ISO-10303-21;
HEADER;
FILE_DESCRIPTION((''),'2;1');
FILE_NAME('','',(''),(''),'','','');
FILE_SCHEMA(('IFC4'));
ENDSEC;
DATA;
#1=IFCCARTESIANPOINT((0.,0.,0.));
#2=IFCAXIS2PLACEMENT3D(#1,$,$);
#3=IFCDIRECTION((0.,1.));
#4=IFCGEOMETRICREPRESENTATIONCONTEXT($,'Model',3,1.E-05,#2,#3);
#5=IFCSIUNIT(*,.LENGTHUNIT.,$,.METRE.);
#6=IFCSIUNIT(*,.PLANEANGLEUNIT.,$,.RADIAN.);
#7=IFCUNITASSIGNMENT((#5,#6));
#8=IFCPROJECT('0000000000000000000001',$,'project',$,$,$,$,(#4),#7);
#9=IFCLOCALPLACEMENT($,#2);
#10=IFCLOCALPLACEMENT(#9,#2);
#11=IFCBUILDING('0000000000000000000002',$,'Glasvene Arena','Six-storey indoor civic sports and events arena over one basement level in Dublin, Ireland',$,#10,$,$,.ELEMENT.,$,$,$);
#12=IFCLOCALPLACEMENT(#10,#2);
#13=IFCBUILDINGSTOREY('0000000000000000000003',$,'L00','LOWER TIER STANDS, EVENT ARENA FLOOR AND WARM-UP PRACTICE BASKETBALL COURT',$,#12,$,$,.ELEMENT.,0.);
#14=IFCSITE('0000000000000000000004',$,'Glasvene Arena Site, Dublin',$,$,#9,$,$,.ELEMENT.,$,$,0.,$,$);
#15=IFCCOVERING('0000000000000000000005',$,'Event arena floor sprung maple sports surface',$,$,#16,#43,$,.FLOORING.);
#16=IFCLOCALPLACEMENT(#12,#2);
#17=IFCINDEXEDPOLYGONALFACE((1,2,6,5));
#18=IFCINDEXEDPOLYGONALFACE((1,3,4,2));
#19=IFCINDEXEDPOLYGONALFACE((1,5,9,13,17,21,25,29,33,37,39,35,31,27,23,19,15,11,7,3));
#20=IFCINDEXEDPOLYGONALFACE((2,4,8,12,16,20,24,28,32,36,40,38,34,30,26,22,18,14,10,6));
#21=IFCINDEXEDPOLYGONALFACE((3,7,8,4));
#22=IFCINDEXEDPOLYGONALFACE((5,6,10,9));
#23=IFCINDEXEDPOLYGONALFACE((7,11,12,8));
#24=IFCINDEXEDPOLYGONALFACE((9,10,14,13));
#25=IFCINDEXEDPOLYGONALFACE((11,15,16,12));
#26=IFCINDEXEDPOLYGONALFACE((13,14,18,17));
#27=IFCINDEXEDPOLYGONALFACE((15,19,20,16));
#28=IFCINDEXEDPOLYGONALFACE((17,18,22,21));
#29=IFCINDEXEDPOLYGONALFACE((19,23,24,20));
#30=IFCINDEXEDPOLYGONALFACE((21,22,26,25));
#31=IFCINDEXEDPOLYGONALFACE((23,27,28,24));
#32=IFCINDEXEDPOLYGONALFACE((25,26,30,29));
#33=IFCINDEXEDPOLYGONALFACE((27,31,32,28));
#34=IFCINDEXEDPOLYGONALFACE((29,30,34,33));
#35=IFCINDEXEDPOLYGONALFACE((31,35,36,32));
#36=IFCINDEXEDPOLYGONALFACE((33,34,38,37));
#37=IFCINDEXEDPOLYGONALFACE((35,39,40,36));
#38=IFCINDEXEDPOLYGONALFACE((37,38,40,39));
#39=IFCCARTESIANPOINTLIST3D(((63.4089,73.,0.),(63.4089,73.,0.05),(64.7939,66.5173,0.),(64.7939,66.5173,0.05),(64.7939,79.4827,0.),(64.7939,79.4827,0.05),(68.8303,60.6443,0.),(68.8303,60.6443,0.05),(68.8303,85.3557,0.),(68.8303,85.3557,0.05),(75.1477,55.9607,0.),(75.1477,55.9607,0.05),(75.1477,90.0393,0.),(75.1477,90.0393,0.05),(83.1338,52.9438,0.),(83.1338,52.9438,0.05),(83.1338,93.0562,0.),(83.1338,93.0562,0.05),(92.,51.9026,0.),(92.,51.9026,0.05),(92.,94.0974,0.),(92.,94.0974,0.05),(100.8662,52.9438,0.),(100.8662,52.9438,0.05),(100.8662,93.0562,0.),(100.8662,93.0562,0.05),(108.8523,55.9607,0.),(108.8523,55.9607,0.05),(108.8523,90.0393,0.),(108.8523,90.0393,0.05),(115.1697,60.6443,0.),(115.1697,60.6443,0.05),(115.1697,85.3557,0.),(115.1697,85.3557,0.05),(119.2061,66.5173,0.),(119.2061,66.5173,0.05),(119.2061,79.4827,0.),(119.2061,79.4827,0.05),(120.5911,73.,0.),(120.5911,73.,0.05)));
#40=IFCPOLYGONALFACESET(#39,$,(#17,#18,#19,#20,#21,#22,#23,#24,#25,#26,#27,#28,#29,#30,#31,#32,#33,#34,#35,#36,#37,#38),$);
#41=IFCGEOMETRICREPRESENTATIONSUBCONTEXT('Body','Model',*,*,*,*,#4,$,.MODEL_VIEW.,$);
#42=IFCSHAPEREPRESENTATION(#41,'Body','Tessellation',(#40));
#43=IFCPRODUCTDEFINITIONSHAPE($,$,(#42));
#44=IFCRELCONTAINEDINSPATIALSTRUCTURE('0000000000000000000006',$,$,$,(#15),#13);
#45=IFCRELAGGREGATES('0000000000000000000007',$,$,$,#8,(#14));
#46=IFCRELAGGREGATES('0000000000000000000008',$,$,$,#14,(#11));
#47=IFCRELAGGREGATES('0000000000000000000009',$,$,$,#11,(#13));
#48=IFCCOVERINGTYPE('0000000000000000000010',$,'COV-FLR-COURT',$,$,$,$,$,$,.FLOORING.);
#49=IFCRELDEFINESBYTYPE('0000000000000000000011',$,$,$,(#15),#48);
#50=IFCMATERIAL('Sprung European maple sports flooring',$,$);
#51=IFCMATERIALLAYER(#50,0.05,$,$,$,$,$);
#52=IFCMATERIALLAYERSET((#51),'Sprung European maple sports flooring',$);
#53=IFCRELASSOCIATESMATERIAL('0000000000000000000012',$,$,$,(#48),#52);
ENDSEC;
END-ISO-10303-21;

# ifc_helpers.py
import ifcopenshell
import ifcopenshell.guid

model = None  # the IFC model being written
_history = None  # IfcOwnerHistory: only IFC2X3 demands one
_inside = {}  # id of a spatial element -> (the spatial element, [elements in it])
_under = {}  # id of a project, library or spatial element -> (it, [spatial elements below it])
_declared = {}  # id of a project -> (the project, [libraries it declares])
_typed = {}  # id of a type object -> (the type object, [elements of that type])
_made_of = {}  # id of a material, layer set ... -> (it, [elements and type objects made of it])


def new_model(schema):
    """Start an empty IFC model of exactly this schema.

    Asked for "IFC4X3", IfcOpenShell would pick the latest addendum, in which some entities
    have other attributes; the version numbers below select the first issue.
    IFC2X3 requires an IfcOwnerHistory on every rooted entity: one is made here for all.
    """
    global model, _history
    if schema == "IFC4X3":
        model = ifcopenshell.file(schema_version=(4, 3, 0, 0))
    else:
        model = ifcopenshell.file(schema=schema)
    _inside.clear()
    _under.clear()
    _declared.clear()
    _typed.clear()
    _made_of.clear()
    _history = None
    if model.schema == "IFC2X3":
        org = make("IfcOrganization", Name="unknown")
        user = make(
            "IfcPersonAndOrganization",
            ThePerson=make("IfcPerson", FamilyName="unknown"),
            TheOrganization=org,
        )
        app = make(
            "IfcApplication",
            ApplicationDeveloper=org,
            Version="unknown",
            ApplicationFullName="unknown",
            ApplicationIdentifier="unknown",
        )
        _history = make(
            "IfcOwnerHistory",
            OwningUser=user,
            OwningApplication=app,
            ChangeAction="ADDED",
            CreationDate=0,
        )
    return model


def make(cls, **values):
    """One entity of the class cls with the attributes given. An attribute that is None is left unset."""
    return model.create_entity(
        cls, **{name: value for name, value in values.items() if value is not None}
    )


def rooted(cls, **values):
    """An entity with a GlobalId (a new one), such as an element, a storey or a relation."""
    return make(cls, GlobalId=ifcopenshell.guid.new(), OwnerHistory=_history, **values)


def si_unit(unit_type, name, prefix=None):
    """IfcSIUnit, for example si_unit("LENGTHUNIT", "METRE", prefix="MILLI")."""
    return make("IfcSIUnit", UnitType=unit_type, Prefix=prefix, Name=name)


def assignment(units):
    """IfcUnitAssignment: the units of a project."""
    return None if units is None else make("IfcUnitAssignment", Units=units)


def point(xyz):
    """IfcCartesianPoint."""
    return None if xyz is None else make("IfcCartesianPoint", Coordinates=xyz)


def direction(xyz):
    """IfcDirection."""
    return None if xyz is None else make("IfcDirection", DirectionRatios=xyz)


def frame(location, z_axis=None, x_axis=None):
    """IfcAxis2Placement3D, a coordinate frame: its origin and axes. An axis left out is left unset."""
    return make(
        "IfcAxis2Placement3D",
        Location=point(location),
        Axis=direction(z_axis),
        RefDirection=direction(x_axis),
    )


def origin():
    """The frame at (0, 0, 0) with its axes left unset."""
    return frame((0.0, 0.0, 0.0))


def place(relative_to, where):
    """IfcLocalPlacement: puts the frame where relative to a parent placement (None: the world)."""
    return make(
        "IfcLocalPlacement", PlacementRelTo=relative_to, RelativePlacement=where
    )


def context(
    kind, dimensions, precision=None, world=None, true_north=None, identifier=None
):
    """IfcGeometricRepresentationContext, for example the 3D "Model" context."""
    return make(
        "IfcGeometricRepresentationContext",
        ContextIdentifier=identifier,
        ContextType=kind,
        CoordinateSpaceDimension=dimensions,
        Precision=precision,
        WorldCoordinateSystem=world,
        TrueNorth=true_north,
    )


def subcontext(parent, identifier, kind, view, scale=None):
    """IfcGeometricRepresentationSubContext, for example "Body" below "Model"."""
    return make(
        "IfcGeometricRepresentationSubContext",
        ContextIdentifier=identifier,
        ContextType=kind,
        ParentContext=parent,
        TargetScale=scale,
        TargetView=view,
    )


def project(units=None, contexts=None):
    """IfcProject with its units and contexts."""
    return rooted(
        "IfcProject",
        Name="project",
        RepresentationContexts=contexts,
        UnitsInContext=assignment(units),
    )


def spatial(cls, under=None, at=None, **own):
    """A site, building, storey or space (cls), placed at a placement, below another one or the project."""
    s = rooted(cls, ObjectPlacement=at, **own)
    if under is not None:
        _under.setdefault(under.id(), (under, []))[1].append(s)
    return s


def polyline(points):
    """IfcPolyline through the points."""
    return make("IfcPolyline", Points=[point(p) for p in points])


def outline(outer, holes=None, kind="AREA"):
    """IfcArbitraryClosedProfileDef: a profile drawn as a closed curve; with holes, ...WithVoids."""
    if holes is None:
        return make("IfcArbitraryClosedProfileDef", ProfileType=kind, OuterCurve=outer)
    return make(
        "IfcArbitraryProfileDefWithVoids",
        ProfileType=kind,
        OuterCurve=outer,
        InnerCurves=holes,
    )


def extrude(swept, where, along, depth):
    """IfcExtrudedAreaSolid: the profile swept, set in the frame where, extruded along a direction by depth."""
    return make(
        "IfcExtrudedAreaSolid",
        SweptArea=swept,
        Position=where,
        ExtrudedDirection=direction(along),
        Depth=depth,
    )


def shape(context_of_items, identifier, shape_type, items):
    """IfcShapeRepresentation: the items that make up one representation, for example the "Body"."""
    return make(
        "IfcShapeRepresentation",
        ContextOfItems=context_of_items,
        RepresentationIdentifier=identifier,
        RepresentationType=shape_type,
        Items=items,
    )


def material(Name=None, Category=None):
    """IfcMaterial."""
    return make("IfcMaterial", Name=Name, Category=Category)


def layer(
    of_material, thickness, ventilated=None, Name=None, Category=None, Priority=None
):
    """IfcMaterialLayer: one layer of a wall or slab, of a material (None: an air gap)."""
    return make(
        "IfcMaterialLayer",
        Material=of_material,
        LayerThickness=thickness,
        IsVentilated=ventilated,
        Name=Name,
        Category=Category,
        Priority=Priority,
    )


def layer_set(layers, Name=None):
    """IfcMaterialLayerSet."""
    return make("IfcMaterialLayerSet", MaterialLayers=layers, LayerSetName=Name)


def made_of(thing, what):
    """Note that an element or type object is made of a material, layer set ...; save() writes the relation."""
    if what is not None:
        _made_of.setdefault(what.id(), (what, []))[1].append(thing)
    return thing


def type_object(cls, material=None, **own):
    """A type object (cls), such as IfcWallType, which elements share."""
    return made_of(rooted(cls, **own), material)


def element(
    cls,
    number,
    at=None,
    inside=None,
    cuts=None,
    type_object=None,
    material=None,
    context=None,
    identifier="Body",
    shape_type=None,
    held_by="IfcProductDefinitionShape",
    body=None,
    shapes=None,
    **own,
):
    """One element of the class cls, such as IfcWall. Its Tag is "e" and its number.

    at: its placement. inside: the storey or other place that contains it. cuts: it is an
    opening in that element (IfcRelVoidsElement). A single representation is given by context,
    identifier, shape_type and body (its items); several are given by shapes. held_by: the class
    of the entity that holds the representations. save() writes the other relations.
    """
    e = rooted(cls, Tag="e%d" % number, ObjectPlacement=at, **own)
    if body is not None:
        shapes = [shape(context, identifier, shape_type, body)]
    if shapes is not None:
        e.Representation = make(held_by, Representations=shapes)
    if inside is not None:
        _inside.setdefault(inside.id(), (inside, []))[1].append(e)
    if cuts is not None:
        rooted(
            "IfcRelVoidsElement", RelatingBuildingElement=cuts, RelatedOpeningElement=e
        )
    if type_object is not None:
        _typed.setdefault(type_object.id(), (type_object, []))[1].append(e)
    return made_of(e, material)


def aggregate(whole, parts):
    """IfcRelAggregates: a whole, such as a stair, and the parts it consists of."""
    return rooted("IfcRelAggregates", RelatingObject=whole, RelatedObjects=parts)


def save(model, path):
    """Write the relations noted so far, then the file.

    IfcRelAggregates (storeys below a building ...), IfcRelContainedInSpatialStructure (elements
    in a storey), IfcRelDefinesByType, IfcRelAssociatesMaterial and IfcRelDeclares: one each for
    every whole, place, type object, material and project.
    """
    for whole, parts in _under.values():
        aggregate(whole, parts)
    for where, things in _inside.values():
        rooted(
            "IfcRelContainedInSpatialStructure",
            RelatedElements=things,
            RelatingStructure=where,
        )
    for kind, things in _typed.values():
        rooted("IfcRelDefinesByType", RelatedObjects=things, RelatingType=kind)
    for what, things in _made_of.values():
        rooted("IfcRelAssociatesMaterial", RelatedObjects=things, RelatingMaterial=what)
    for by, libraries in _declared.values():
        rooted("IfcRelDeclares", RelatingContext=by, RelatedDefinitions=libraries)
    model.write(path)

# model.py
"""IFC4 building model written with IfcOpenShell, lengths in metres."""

from ifc_helpers import new_model, si_unit, direction, frame, origin, place, context, subcontext, project, spatial, polyline, outline, extrude, material, layer, layer_set, type_object, element, save


model = new_model("IFC4")

# Units and contexts
model_context = context("Model", 3, precision=1e-05, world=origin(), true_north=direction((0.0, 1.0)))
body_context = subcontext(model_context, "Body", "Model", "MODEL_VIEW")
ifc_project = project(units=[si_unit("LENGTHUNIT", "METRE"), si_unit("PLANEANGLEUNIT", "RADIAN")], contexts=[model_context])

# Site, building, storey
site_placement = place(None, origin())
site = spatial("IfcSite", under=ifc_project, at=site_placement, Name="Glasvene Arena Site, Dublin", CompositionType="ELEMENT", RefElevation=0.0)
building_placement = place(site_placement, origin())
building = spatial("IfcBuilding", under=site, at=building_placement, Name="Glasvene Arena", Description="Six-storey indoor civic sports and events arena over one basement level in Dublin, Ireland", CompositionType="ELEMENT")
storey_placement = place(building_placement, origin())
storey = spatial("IfcBuildingStorey", under=building, at=storey_placement, Name="L00", Description="LOWER TIER STANDS, EVENT ARENA FLOOR AND WARM-UP PRACTICE BASKETBALL COURT", CompositionType="ELEMENT", Elevation=0.0)

# Covering
ifc_material_1 = material(Name="Sprung European maple sports flooring")
ifc_layer_1 = layer(ifc_material_1, 0.05)
ifc_layer_set_1 = layer_set([ifc_layer_1], Name="Sprung European maple sports flooring")
covering_type = type_object("IfcCoveringType", Name="COV-FLR-COURT", PredefinedType="FLOORING", material=ifc_layer_set_1)
covering_placement = place(storey_placement, frame((92.0, 73.0, 0.0)))
element("IfcCovering", 1, at=covering_placement, inside=storey, type_object=covering_type, Name="Event arena floor sprung maple sports surface", PredefinedType="FLOORING", context=body_context, shape_type="SweptSolid", body=[
    extrude(outline(polyline([(28.5911, 0.0), (27.2061, -6.4827), (23.1697, -12.3557), (16.8523, -17.0393), (8.8662, -20.0562), (0.0, -21.0974), (-8.8662, -20.0562), (-16.8523, -17.0393), (-23.1697, -12.3557), (-27.2061, -6.4827), (-28.5911, 0.0), (-27.2061, 6.4827), (-23.1697, 12.3557), (-16.8523, 17.0393), (-8.8662, 20.0562), (0.0, 21.0974), (8.8662, 20.0562), (16.8523, 17.0393), (23.1697, 12.3557), (27.2061, 6.4827), (28.5911, 0.0)])), origin(), (0.0, 0.0, 1.0), 0.05),
])

save(model, "model.ifc")
